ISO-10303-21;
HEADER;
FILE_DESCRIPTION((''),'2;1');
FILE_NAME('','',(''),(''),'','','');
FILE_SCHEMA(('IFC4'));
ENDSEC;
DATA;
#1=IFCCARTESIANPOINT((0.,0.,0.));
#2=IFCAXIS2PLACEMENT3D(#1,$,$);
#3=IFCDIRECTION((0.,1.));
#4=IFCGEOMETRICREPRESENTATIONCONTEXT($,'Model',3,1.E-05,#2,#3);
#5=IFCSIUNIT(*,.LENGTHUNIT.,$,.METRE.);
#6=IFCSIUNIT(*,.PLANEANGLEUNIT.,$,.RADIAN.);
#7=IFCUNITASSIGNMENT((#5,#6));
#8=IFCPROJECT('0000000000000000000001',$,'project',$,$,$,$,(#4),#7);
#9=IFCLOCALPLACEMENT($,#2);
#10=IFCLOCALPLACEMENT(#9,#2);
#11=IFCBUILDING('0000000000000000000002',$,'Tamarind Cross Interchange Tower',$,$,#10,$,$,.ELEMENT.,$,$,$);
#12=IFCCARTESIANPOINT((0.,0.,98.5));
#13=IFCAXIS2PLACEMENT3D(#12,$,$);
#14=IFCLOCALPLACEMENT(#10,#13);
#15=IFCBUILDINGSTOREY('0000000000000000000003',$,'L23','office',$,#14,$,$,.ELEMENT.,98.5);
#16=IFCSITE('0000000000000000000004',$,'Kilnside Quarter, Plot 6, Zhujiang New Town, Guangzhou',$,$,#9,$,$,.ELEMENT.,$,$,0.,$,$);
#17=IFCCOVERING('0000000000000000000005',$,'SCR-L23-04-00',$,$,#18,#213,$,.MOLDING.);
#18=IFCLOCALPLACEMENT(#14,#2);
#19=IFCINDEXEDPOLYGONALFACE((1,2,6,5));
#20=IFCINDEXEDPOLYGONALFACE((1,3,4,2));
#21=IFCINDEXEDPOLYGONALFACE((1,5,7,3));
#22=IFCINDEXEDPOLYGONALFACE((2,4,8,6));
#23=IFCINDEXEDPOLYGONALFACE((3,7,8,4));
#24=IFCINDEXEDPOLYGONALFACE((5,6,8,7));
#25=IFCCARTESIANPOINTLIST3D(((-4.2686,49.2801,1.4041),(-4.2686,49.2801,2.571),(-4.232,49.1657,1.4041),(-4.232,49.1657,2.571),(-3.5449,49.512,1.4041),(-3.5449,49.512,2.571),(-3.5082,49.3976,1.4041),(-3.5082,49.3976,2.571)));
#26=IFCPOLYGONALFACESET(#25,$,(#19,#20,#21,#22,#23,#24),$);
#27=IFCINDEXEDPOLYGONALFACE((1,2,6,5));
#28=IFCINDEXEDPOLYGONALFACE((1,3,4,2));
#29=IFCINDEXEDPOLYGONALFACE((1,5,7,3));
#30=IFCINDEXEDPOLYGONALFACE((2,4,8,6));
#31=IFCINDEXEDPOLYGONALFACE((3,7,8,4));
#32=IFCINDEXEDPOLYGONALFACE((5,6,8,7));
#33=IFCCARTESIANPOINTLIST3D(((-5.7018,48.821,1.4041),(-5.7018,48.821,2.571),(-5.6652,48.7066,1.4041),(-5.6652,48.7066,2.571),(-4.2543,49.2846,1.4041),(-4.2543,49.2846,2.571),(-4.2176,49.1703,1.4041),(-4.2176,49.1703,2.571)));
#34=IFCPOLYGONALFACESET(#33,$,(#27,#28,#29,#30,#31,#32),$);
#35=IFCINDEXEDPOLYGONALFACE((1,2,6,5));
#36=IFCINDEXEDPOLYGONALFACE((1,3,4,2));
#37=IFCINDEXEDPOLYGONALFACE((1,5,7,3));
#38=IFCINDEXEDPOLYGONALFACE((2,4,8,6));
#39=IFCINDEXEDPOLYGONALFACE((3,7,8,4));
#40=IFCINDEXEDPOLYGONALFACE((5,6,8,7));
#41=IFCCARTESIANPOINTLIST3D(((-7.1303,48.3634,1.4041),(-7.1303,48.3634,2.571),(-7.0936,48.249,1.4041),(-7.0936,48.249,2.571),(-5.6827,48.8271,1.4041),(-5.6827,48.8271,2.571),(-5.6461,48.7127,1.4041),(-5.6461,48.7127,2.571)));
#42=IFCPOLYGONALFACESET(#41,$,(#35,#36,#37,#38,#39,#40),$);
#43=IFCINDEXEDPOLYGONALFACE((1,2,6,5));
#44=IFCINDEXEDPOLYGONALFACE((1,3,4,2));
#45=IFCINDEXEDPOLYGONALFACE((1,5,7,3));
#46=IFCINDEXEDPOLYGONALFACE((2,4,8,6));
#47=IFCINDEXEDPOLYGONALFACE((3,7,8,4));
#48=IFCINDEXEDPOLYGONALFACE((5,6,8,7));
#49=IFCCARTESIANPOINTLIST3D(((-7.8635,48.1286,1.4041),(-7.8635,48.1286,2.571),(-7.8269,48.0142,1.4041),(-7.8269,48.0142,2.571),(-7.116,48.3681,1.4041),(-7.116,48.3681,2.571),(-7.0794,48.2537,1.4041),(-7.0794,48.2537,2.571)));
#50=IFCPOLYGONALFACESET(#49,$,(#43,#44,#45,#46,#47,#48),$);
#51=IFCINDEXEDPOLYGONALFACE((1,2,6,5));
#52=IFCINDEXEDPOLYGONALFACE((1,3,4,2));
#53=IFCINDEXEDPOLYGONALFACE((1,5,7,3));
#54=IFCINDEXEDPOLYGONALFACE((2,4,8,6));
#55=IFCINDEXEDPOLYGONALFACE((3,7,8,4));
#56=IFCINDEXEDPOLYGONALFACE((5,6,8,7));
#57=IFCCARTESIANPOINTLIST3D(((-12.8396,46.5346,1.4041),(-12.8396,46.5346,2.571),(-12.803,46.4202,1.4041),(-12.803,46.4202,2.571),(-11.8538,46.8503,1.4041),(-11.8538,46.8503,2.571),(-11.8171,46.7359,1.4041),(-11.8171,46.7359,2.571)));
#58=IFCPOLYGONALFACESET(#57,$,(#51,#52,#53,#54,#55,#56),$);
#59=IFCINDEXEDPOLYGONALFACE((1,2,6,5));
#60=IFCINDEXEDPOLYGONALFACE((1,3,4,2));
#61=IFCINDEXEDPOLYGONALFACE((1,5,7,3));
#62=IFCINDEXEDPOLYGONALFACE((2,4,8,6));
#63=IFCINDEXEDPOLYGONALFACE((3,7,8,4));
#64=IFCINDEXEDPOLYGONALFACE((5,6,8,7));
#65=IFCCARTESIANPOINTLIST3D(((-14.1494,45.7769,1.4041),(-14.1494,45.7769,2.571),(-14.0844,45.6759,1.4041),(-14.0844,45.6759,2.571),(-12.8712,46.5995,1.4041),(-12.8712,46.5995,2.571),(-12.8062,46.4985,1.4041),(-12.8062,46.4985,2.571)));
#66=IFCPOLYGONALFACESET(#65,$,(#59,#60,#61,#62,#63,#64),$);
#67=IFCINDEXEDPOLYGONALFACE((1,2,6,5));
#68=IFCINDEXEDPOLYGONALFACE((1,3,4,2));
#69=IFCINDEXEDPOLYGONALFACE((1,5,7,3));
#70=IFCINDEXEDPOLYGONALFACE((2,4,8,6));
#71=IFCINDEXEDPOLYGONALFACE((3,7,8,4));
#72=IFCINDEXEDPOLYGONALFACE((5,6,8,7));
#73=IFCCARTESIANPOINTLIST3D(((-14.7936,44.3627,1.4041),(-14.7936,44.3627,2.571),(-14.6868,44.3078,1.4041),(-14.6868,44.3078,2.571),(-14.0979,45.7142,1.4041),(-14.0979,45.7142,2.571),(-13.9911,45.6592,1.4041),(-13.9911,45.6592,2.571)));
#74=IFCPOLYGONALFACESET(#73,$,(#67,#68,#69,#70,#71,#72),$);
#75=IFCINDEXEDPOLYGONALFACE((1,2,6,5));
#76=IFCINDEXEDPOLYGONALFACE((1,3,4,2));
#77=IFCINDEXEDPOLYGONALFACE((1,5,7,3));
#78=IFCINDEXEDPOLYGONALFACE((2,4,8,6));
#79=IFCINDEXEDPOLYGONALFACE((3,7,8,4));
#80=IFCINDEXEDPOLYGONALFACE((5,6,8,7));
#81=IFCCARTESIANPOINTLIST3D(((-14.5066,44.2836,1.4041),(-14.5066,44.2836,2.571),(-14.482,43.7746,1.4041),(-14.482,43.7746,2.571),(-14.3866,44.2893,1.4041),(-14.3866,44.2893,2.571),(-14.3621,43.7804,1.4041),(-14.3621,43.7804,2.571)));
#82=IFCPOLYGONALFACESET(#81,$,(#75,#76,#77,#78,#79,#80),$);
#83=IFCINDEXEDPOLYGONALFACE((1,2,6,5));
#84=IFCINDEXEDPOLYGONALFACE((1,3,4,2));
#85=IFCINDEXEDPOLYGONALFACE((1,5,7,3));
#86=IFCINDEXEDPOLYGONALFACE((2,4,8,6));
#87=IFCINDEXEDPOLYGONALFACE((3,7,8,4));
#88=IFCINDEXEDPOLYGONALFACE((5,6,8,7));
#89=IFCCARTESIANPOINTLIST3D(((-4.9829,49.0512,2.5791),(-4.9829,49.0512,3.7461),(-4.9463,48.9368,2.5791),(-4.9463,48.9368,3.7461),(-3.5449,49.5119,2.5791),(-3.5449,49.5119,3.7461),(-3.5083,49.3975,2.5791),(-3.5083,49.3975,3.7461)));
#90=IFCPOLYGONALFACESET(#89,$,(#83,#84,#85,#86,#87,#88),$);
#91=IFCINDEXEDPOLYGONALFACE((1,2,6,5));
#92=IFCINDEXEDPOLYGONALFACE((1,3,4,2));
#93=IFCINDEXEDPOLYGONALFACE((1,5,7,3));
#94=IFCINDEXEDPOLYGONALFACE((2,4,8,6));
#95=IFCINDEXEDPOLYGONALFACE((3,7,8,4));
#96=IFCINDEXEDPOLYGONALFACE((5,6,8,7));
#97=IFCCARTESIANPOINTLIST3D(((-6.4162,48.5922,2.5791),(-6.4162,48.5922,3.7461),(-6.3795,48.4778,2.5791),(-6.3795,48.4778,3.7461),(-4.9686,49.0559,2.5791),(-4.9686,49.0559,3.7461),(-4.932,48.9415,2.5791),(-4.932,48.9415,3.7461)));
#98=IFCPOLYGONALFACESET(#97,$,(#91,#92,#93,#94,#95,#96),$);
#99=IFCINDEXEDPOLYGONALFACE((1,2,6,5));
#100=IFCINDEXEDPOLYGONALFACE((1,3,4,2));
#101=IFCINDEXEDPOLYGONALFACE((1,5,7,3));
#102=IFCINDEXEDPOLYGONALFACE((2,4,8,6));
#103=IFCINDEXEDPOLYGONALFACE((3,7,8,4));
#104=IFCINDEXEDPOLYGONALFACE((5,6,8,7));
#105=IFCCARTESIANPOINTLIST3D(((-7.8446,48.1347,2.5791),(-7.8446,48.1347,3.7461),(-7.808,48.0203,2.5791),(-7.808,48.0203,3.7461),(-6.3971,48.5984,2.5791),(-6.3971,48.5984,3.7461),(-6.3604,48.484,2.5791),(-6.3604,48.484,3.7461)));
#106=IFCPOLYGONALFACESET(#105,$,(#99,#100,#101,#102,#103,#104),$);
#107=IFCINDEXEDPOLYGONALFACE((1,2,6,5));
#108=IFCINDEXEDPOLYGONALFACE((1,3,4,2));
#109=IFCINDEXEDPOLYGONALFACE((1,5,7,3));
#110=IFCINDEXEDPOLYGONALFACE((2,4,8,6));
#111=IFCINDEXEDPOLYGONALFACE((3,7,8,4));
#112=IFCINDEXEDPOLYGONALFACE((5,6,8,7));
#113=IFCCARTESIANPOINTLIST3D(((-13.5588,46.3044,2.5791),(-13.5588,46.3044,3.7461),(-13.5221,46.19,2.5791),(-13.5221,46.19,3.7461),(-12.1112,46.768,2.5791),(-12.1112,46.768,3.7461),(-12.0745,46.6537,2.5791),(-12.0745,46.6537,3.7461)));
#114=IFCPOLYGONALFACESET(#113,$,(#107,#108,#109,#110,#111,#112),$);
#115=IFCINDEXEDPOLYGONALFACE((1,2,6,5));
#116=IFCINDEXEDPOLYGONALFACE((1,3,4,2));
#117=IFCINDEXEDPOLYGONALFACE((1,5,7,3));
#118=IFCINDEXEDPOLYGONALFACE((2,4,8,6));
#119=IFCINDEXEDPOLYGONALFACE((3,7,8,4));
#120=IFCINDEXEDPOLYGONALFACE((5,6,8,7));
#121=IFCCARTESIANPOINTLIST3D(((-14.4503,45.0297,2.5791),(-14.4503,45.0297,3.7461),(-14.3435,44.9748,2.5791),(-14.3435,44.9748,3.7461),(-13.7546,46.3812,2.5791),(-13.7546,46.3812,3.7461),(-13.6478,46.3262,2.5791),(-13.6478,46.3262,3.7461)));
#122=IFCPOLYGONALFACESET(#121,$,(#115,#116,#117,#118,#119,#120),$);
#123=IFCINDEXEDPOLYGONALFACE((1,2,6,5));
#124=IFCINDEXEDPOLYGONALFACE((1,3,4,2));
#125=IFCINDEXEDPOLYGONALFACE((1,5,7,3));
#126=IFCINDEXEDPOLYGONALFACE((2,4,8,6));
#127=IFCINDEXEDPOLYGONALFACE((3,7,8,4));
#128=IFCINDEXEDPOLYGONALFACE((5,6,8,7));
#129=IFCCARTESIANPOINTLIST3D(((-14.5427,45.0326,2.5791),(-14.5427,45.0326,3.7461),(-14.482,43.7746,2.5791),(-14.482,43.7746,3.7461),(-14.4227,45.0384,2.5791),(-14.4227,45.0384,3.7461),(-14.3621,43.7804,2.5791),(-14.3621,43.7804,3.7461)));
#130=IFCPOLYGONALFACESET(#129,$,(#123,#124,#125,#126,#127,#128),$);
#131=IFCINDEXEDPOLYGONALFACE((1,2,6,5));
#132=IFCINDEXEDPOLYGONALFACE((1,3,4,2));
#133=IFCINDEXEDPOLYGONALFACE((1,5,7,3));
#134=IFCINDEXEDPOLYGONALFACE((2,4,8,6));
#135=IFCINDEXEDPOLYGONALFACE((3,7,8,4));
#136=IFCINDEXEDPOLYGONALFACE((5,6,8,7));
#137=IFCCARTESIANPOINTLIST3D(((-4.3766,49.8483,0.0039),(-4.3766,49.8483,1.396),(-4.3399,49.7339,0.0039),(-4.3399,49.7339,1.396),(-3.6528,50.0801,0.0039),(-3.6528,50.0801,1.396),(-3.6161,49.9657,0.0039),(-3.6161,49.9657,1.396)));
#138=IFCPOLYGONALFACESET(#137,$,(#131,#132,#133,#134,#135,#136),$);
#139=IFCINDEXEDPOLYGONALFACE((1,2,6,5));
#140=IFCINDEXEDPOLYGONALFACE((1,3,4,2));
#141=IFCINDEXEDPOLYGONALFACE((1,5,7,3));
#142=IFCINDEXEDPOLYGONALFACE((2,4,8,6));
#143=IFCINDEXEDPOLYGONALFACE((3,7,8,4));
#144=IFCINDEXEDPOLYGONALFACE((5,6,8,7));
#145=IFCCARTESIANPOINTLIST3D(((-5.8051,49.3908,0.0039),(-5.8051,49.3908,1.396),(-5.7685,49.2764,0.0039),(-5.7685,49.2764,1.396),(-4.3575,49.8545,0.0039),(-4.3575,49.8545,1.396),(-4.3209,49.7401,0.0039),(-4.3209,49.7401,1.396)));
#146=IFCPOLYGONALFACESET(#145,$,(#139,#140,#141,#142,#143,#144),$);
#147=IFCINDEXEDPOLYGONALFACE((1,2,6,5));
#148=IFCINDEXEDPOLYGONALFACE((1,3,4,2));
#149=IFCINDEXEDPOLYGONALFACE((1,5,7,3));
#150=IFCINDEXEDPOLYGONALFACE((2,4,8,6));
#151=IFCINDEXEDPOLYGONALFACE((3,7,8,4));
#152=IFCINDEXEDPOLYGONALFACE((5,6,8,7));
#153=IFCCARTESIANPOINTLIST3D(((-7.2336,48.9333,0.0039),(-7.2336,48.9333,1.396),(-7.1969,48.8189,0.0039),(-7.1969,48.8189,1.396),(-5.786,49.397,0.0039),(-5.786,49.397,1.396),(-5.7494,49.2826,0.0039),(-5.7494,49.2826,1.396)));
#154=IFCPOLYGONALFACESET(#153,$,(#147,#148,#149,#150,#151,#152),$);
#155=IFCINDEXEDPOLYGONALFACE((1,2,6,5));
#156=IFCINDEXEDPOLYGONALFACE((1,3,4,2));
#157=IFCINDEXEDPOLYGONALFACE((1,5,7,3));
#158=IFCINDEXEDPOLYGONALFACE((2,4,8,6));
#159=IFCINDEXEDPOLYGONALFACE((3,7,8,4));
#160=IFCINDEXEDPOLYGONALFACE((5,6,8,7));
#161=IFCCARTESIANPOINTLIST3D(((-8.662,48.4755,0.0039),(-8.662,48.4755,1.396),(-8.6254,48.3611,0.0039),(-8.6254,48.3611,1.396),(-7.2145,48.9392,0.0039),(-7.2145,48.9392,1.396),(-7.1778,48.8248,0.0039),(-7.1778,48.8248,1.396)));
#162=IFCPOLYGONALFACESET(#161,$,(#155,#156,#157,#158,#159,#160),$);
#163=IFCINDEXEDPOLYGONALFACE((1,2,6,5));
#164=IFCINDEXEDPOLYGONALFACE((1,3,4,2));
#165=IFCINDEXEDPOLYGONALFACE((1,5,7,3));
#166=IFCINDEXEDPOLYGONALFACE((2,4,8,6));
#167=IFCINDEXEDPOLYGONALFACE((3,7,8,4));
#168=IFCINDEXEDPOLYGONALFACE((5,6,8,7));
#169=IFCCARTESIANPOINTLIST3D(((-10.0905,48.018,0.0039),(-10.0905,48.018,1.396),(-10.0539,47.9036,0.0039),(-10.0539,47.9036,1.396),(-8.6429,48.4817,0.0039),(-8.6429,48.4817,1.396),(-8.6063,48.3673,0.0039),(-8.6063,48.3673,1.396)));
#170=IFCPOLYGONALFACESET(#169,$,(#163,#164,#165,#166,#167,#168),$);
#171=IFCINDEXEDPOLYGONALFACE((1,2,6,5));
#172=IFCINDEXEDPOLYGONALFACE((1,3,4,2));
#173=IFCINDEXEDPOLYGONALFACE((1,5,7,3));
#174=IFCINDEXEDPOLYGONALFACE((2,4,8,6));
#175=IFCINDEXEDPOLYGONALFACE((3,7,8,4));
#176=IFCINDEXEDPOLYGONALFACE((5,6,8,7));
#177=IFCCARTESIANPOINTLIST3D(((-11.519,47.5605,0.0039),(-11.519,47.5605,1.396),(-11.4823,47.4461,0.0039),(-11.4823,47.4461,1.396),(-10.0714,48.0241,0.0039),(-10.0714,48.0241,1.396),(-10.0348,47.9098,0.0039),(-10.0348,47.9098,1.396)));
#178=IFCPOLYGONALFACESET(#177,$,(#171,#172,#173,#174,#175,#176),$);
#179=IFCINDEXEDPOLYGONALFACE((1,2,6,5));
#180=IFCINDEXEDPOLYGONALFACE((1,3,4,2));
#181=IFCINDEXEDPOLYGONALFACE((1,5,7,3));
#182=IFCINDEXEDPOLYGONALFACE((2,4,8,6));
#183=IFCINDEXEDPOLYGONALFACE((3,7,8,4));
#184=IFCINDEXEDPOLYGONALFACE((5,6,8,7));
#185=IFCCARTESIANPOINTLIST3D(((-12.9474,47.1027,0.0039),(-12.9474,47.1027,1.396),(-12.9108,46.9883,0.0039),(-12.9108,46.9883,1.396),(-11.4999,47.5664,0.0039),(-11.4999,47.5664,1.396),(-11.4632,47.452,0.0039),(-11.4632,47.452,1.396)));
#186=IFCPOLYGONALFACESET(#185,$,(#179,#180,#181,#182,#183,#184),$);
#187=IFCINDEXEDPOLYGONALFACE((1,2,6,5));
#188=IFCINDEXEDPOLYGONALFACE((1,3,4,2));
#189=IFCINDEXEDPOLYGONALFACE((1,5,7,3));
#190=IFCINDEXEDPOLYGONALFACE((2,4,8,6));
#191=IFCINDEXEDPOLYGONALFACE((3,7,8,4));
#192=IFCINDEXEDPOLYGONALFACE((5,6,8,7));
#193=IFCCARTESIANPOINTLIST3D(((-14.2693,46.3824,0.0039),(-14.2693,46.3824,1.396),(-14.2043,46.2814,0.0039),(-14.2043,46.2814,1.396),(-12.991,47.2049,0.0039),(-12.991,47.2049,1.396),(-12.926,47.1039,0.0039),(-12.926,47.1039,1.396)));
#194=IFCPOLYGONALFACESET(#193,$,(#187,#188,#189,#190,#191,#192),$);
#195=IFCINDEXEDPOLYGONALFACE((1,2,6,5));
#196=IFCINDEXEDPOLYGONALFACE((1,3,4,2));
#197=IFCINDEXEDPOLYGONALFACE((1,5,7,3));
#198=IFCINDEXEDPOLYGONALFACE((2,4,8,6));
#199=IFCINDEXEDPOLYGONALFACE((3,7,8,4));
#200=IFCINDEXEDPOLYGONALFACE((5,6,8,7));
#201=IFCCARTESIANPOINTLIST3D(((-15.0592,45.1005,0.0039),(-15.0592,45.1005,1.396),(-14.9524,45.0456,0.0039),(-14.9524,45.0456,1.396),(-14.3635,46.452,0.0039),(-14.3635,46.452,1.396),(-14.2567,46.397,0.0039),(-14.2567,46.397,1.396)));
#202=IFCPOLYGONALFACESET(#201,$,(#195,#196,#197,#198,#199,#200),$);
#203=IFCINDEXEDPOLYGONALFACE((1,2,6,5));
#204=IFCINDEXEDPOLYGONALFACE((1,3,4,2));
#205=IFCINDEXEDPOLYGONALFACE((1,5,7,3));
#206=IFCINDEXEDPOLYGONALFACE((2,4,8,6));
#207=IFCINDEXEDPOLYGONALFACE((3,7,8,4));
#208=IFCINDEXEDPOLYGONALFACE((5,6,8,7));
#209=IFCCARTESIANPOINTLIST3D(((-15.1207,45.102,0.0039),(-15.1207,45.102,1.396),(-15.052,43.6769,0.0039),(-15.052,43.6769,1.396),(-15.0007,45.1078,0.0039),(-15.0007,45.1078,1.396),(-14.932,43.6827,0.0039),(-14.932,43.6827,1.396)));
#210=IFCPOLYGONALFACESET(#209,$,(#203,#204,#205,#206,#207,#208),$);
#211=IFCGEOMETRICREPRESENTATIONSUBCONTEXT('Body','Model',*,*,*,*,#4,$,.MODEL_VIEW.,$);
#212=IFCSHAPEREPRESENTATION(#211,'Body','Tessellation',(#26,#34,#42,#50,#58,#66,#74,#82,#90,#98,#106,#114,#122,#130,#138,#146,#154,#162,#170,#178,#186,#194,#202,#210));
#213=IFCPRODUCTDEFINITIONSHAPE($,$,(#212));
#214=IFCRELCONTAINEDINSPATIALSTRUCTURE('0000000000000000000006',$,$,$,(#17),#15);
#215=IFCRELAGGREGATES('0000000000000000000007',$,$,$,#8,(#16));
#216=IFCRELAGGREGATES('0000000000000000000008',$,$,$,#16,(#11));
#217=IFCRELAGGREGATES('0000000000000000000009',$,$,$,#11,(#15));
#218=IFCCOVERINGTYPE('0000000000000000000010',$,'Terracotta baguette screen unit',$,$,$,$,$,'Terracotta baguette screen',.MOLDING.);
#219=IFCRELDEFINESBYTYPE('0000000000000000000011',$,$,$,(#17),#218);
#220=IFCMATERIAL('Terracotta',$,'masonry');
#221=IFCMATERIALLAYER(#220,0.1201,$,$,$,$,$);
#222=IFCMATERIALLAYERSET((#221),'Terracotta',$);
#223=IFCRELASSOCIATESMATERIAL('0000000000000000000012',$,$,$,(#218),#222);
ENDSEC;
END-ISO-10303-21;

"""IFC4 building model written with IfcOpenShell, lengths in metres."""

from ifc_helpers import new_model, si_unit, direction, frame, origin, origin_2d, place, context, subcontext, project, spatial, rectangle, extrude, material, layer, layer_set, type_object, element, save


model = new_model("IFC4")

# Units and contexts
model_context = context("Model", 3, precision=1e-05, world=origin(), true_north=direction((0.0, 1.0)))
body_context = subcontext(model_context, "Body", "Model", "MODEL_VIEW")
ifc_project = project(units=[si_unit("LENGTHUNIT", "METRE"), si_unit("PLANEANGLEUNIT", "RADIAN")], contexts=[model_context])

# Site, building, storey
site_placement = place(None, origin())
site = spatial("IfcSite", under=ifc_project, at=site_placement, Name="Kilnside Quarter, Plot 6, Zhujiang New Town, Guangzhou", CompositionType="ELEMENT", RefElevation=0.0)
building_placement = place(site_placement, origin())
building = spatial("IfcBuilding", under=site, at=building_placement, Name="Tamarind Cross Interchange Tower", CompositionType="ELEMENT")
storey_placement = place(building_placement, frame((0.0, 0.0, 98.5)))
storey = spatial("IfcBuildingStorey", under=building, at=storey_placement, Name="L23", Description="office", CompositionType="ELEMENT", Elevation=98.5)

# Covering
ifc_material_1 = material(Name="Terracotta", Category="masonry")
ifc_layer_1 = layer(ifc_material_1, 0.1201)
ifc_layer_set_1 = layer_set([ifc_layer_1], Name="Terracotta")
covering_type = type_object("IfcCoveringType", Name="Terracotta baguette screen unit", ElementType="Terracotta baguette screen", PredefinedType="MOLDING", material=ifc_layer_set_1)
covering_1_placement = place(storey_placement, origin())
element("IfcCovering", 1, at=covering_1_placement, inside=storey, type_object=covering_type, Name="SCR-L23-04-00", PredefinedType="MOLDING", context=body_context, shape_type="SweptSolid", body=[
    extrude(rectangle(XDim=0.76, YDim=0.1201, at=origin_2d()), frame((-3.8884, 49.3389, 1.4041), z_axis=(0.0, 0.0, 1.0), x_axis=(-0.952334, -0.305057, 0.0)), (0.0, 0.0, 1.0), 1.167),
    extrude(rectangle(XDim=1.52, YDim=0.1201, at=origin_2d()), frame((-4.9597, 48.9956, 1.4041), z_axis=(0.0, 0.0, 1.0), x_axis=(-0.952334, -0.305057, 0.0)), (0.0, 0.0, 1.0), 1.167),
    extrude(rectangle(XDim=1.52, YDim=0.1201, at=origin_2d()), frame((-6.3882, 48.5381, 1.4041), z_axis=(0.0, 0.0, 1.0), x_axis=(-0.952334, -0.305057, 0.0)), (0.0, 0.0, 1.0), 1.167),
    extrude(rectangle(XDim=0.7849, YDim=0.1201, at=origin_2d()), frame((-7.4714, 48.1912, 1.4041), z_axis=(0.0, 0.0, 1.0), x_axis=(-0.952334, -0.305057, 0.0)), (0.0, 0.0, 1.0), 1.167),
    extrude(rectangle(XDim=1.0352, YDim=0.1201, at=origin_2d()), frame((-12.3284, 46.6353, 1.4041), z_axis=(0.0, 0.0, 1.0), x_axis=(-0.952334, -0.305057, 0.0)), (0.0, 0.0, 1.0), 1.167),
    extrude(rectangle(XDim=1.52, YDim=0.1201, at=origin_2d()), frame((-13.4778, 46.1377, 1.4041), z_axis=(0.0, 0.0, 1.0), x_axis=(-0.840929, -0.541145, 0.0)), (0.0, 0.0, 1.0), 1.167),
    extrude(rectangle(XDim=1.52, YDim=0.1201, at=origin_2d()), frame((-14.3923, 45.011, 1.4041), z_axis=(0.0, 0.0, 1.0), x_axis=(-0.457694, -0.88911, 0.0)), (0.0, 0.0, 1.0), 1.167),
    extrude(rectangle(XDim=0.5095, YDim=0.1201, at=origin_2d()), frame((-14.4343, 44.032, 1.4041), z_axis=(0.0, 0.0, 1.0), x_axis=(0.04818, -0.998839, 0.0)), (0.0, 0.0, 1.0), 1.167),
    extrude(rectangle(XDim=1.51, YDim=0.1201, at=origin_2d()), frame((-4.2456, 49.2244, 2.5791), z_axis=(0.0, 0.0, 1.0), x_axis=(-0.952334, -0.305057, 0.0)), (0.0, 0.0, 1.0), 1.167),
    extrude(rectangle(XDim=1.52, YDim=0.1201, at=origin_2d()), frame((-5.6741, 48.7668, 2.5791), z_axis=(0.0, 0.0, 1.0), x_axis=(-0.952334, -0.305057, 0.0)), (0.0, 0.0, 1.0), 1.167),
    extrude(rectangle(XDim=1.52, YDim=0.1201, at=origin_2d()), frame((-7.1025, 48.3093, 2.5791), z_axis=(0.0, 0.0, 1.0), x_axis=(-0.952334, -0.305057, 0.0)), (0.0, 0.0, 1.0), 1.167),
    extrude(rectangle(XDim=1.52, YDim=0.1201, at=origin_2d()), frame((-12.8167, 46.479, 2.5791), z_axis=(0.0, 0.0, 1.0), x_axis=(-0.952334, -0.305057, 0.0)), (0.0, 0.0, 1.0), 1.167),
    extrude(rectangle(XDim=1.52, YDim=0.1201, at=origin_2d()), frame((-14.0491, 45.678, 2.5791), z_axis=(0.0, 0.0, 1.0), x_axis=(-0.457694, -0.88911, 0.0)), (0.0, 0.0, 1.0), 1.167),
    extrude(rectangle(XDim=1.2595, YDim=0.1201, at=origin_2d()), frame((-14.4524, 44.4065, 2.5791), z_axis=(0.0, 0.0, 1.0), x_axis=(0.04818, -0.998839, 0.0)), (0.0, 0.0, 1.0), 1.167),
    extrude(rectangle(XDim=0.76, YDim=0.1201, at=origin_2d()), frame((-3.9963, 49.907, 0.0039), z_axis=(0.0, 0.0, 1.0), x_axis=(-0.952334, -0.305057, 0.0)), (0.0, 0.0, 1.0), 1.3921),
    extrude(rectangle(XDim=1.52, YDim=0.1201, at=origin_2d()), frame((-5.063, 49.5654, 0.0039), z_axis=(0.0, 0.0, 1.0), x_axis=(-0.952334, -0.305057, 0.0)), (0.0, 0.0, 1.0), 1.3921),
    extrude(rectangle(XDim=1.52, YDim=0.1201, at=origin_2d()), frame((-6.4915, 49.1079, 0.0039), z_axis=(0.0, 0.0, 1.0), x_axis=(-0.952334, -0.305057, 0.0)), (0.0, 0.0, 1.0), 1.3921),
    extrude(rectangle(XDim=1.52, YDim=0.1201, at=origin_2d()), frame((-7.9199, 48.6501, 0.0039), z_axis=(0.0, 0.0, 1.0), x_axis=(-0.952334, -0.305057, 0.0)), (0.0, 0.0, 1.0), 1.3921),
    extrude(rectangle(XDim=1.52, YDim=0.1201, at=origin_2d()), frame((-9.3484, 48.1926, 0.0039), z_axis=(0.0, 0.0, 1.0), x_axis=(-0.952334, -0.305057, 0.0)), (0.0, 0.0, 1.0), 1.3921),
    extrude(rectangle(XDim=1.52, YDim=0.1201, at=origin_2d()), frame((-10.7769, 47.7351, 0.0039), z_axis=(0.0, 0.0, 1.0), x_axis=(-0.952334, -0.305057, 0.0)), (0.0, 0.0, 1.0), 1.3921),
    extrude(rectangle(XDim=1.52, YDim=0.1201, at=origin_2d()), frame((-12.2053, 47.2773, 0.0039), z_axis=(0.0, 0.0, 1.0), x_axis=(-0.952334, -0.305057, 0.0)), (0.0, 0.0, 1.0), 1.3921),
    extrude(rectangle(XDim=1.52, YDim=0.1201, at=origin_2d()), frame((-13.5977, 46.7432, 0.0039), z_axis=(0.0, 0.0, 1.0), x_axis=(-0.840929, -0.541145, 0.0)), (0.0, 0.0, 1.0), 1.3921),
    extrude(rectangle(XDim=1.52, YDim=0.1201, at=origin_2d()), frame((-14.658, 45.7488, 0.0039), z_axis=(0.0, 0.0, 1.0), x_axis=(-0.457694, -0.88911, 0.0)), (0.0, 0.0, 1.0), 1.3921),
    extrude(rectangle(XDim=1.4268, YDim=0.1201, at=origin_2d()), frame((-15.0264, 44.3923, 0.0039), z_axis=(0.0, 0.0, 1.0), x_axis=(0.04818, -0.998839, 0.0)), (0.0, 0.0, 1.0), 1.3921),
])

save(model, "model.ifc")
